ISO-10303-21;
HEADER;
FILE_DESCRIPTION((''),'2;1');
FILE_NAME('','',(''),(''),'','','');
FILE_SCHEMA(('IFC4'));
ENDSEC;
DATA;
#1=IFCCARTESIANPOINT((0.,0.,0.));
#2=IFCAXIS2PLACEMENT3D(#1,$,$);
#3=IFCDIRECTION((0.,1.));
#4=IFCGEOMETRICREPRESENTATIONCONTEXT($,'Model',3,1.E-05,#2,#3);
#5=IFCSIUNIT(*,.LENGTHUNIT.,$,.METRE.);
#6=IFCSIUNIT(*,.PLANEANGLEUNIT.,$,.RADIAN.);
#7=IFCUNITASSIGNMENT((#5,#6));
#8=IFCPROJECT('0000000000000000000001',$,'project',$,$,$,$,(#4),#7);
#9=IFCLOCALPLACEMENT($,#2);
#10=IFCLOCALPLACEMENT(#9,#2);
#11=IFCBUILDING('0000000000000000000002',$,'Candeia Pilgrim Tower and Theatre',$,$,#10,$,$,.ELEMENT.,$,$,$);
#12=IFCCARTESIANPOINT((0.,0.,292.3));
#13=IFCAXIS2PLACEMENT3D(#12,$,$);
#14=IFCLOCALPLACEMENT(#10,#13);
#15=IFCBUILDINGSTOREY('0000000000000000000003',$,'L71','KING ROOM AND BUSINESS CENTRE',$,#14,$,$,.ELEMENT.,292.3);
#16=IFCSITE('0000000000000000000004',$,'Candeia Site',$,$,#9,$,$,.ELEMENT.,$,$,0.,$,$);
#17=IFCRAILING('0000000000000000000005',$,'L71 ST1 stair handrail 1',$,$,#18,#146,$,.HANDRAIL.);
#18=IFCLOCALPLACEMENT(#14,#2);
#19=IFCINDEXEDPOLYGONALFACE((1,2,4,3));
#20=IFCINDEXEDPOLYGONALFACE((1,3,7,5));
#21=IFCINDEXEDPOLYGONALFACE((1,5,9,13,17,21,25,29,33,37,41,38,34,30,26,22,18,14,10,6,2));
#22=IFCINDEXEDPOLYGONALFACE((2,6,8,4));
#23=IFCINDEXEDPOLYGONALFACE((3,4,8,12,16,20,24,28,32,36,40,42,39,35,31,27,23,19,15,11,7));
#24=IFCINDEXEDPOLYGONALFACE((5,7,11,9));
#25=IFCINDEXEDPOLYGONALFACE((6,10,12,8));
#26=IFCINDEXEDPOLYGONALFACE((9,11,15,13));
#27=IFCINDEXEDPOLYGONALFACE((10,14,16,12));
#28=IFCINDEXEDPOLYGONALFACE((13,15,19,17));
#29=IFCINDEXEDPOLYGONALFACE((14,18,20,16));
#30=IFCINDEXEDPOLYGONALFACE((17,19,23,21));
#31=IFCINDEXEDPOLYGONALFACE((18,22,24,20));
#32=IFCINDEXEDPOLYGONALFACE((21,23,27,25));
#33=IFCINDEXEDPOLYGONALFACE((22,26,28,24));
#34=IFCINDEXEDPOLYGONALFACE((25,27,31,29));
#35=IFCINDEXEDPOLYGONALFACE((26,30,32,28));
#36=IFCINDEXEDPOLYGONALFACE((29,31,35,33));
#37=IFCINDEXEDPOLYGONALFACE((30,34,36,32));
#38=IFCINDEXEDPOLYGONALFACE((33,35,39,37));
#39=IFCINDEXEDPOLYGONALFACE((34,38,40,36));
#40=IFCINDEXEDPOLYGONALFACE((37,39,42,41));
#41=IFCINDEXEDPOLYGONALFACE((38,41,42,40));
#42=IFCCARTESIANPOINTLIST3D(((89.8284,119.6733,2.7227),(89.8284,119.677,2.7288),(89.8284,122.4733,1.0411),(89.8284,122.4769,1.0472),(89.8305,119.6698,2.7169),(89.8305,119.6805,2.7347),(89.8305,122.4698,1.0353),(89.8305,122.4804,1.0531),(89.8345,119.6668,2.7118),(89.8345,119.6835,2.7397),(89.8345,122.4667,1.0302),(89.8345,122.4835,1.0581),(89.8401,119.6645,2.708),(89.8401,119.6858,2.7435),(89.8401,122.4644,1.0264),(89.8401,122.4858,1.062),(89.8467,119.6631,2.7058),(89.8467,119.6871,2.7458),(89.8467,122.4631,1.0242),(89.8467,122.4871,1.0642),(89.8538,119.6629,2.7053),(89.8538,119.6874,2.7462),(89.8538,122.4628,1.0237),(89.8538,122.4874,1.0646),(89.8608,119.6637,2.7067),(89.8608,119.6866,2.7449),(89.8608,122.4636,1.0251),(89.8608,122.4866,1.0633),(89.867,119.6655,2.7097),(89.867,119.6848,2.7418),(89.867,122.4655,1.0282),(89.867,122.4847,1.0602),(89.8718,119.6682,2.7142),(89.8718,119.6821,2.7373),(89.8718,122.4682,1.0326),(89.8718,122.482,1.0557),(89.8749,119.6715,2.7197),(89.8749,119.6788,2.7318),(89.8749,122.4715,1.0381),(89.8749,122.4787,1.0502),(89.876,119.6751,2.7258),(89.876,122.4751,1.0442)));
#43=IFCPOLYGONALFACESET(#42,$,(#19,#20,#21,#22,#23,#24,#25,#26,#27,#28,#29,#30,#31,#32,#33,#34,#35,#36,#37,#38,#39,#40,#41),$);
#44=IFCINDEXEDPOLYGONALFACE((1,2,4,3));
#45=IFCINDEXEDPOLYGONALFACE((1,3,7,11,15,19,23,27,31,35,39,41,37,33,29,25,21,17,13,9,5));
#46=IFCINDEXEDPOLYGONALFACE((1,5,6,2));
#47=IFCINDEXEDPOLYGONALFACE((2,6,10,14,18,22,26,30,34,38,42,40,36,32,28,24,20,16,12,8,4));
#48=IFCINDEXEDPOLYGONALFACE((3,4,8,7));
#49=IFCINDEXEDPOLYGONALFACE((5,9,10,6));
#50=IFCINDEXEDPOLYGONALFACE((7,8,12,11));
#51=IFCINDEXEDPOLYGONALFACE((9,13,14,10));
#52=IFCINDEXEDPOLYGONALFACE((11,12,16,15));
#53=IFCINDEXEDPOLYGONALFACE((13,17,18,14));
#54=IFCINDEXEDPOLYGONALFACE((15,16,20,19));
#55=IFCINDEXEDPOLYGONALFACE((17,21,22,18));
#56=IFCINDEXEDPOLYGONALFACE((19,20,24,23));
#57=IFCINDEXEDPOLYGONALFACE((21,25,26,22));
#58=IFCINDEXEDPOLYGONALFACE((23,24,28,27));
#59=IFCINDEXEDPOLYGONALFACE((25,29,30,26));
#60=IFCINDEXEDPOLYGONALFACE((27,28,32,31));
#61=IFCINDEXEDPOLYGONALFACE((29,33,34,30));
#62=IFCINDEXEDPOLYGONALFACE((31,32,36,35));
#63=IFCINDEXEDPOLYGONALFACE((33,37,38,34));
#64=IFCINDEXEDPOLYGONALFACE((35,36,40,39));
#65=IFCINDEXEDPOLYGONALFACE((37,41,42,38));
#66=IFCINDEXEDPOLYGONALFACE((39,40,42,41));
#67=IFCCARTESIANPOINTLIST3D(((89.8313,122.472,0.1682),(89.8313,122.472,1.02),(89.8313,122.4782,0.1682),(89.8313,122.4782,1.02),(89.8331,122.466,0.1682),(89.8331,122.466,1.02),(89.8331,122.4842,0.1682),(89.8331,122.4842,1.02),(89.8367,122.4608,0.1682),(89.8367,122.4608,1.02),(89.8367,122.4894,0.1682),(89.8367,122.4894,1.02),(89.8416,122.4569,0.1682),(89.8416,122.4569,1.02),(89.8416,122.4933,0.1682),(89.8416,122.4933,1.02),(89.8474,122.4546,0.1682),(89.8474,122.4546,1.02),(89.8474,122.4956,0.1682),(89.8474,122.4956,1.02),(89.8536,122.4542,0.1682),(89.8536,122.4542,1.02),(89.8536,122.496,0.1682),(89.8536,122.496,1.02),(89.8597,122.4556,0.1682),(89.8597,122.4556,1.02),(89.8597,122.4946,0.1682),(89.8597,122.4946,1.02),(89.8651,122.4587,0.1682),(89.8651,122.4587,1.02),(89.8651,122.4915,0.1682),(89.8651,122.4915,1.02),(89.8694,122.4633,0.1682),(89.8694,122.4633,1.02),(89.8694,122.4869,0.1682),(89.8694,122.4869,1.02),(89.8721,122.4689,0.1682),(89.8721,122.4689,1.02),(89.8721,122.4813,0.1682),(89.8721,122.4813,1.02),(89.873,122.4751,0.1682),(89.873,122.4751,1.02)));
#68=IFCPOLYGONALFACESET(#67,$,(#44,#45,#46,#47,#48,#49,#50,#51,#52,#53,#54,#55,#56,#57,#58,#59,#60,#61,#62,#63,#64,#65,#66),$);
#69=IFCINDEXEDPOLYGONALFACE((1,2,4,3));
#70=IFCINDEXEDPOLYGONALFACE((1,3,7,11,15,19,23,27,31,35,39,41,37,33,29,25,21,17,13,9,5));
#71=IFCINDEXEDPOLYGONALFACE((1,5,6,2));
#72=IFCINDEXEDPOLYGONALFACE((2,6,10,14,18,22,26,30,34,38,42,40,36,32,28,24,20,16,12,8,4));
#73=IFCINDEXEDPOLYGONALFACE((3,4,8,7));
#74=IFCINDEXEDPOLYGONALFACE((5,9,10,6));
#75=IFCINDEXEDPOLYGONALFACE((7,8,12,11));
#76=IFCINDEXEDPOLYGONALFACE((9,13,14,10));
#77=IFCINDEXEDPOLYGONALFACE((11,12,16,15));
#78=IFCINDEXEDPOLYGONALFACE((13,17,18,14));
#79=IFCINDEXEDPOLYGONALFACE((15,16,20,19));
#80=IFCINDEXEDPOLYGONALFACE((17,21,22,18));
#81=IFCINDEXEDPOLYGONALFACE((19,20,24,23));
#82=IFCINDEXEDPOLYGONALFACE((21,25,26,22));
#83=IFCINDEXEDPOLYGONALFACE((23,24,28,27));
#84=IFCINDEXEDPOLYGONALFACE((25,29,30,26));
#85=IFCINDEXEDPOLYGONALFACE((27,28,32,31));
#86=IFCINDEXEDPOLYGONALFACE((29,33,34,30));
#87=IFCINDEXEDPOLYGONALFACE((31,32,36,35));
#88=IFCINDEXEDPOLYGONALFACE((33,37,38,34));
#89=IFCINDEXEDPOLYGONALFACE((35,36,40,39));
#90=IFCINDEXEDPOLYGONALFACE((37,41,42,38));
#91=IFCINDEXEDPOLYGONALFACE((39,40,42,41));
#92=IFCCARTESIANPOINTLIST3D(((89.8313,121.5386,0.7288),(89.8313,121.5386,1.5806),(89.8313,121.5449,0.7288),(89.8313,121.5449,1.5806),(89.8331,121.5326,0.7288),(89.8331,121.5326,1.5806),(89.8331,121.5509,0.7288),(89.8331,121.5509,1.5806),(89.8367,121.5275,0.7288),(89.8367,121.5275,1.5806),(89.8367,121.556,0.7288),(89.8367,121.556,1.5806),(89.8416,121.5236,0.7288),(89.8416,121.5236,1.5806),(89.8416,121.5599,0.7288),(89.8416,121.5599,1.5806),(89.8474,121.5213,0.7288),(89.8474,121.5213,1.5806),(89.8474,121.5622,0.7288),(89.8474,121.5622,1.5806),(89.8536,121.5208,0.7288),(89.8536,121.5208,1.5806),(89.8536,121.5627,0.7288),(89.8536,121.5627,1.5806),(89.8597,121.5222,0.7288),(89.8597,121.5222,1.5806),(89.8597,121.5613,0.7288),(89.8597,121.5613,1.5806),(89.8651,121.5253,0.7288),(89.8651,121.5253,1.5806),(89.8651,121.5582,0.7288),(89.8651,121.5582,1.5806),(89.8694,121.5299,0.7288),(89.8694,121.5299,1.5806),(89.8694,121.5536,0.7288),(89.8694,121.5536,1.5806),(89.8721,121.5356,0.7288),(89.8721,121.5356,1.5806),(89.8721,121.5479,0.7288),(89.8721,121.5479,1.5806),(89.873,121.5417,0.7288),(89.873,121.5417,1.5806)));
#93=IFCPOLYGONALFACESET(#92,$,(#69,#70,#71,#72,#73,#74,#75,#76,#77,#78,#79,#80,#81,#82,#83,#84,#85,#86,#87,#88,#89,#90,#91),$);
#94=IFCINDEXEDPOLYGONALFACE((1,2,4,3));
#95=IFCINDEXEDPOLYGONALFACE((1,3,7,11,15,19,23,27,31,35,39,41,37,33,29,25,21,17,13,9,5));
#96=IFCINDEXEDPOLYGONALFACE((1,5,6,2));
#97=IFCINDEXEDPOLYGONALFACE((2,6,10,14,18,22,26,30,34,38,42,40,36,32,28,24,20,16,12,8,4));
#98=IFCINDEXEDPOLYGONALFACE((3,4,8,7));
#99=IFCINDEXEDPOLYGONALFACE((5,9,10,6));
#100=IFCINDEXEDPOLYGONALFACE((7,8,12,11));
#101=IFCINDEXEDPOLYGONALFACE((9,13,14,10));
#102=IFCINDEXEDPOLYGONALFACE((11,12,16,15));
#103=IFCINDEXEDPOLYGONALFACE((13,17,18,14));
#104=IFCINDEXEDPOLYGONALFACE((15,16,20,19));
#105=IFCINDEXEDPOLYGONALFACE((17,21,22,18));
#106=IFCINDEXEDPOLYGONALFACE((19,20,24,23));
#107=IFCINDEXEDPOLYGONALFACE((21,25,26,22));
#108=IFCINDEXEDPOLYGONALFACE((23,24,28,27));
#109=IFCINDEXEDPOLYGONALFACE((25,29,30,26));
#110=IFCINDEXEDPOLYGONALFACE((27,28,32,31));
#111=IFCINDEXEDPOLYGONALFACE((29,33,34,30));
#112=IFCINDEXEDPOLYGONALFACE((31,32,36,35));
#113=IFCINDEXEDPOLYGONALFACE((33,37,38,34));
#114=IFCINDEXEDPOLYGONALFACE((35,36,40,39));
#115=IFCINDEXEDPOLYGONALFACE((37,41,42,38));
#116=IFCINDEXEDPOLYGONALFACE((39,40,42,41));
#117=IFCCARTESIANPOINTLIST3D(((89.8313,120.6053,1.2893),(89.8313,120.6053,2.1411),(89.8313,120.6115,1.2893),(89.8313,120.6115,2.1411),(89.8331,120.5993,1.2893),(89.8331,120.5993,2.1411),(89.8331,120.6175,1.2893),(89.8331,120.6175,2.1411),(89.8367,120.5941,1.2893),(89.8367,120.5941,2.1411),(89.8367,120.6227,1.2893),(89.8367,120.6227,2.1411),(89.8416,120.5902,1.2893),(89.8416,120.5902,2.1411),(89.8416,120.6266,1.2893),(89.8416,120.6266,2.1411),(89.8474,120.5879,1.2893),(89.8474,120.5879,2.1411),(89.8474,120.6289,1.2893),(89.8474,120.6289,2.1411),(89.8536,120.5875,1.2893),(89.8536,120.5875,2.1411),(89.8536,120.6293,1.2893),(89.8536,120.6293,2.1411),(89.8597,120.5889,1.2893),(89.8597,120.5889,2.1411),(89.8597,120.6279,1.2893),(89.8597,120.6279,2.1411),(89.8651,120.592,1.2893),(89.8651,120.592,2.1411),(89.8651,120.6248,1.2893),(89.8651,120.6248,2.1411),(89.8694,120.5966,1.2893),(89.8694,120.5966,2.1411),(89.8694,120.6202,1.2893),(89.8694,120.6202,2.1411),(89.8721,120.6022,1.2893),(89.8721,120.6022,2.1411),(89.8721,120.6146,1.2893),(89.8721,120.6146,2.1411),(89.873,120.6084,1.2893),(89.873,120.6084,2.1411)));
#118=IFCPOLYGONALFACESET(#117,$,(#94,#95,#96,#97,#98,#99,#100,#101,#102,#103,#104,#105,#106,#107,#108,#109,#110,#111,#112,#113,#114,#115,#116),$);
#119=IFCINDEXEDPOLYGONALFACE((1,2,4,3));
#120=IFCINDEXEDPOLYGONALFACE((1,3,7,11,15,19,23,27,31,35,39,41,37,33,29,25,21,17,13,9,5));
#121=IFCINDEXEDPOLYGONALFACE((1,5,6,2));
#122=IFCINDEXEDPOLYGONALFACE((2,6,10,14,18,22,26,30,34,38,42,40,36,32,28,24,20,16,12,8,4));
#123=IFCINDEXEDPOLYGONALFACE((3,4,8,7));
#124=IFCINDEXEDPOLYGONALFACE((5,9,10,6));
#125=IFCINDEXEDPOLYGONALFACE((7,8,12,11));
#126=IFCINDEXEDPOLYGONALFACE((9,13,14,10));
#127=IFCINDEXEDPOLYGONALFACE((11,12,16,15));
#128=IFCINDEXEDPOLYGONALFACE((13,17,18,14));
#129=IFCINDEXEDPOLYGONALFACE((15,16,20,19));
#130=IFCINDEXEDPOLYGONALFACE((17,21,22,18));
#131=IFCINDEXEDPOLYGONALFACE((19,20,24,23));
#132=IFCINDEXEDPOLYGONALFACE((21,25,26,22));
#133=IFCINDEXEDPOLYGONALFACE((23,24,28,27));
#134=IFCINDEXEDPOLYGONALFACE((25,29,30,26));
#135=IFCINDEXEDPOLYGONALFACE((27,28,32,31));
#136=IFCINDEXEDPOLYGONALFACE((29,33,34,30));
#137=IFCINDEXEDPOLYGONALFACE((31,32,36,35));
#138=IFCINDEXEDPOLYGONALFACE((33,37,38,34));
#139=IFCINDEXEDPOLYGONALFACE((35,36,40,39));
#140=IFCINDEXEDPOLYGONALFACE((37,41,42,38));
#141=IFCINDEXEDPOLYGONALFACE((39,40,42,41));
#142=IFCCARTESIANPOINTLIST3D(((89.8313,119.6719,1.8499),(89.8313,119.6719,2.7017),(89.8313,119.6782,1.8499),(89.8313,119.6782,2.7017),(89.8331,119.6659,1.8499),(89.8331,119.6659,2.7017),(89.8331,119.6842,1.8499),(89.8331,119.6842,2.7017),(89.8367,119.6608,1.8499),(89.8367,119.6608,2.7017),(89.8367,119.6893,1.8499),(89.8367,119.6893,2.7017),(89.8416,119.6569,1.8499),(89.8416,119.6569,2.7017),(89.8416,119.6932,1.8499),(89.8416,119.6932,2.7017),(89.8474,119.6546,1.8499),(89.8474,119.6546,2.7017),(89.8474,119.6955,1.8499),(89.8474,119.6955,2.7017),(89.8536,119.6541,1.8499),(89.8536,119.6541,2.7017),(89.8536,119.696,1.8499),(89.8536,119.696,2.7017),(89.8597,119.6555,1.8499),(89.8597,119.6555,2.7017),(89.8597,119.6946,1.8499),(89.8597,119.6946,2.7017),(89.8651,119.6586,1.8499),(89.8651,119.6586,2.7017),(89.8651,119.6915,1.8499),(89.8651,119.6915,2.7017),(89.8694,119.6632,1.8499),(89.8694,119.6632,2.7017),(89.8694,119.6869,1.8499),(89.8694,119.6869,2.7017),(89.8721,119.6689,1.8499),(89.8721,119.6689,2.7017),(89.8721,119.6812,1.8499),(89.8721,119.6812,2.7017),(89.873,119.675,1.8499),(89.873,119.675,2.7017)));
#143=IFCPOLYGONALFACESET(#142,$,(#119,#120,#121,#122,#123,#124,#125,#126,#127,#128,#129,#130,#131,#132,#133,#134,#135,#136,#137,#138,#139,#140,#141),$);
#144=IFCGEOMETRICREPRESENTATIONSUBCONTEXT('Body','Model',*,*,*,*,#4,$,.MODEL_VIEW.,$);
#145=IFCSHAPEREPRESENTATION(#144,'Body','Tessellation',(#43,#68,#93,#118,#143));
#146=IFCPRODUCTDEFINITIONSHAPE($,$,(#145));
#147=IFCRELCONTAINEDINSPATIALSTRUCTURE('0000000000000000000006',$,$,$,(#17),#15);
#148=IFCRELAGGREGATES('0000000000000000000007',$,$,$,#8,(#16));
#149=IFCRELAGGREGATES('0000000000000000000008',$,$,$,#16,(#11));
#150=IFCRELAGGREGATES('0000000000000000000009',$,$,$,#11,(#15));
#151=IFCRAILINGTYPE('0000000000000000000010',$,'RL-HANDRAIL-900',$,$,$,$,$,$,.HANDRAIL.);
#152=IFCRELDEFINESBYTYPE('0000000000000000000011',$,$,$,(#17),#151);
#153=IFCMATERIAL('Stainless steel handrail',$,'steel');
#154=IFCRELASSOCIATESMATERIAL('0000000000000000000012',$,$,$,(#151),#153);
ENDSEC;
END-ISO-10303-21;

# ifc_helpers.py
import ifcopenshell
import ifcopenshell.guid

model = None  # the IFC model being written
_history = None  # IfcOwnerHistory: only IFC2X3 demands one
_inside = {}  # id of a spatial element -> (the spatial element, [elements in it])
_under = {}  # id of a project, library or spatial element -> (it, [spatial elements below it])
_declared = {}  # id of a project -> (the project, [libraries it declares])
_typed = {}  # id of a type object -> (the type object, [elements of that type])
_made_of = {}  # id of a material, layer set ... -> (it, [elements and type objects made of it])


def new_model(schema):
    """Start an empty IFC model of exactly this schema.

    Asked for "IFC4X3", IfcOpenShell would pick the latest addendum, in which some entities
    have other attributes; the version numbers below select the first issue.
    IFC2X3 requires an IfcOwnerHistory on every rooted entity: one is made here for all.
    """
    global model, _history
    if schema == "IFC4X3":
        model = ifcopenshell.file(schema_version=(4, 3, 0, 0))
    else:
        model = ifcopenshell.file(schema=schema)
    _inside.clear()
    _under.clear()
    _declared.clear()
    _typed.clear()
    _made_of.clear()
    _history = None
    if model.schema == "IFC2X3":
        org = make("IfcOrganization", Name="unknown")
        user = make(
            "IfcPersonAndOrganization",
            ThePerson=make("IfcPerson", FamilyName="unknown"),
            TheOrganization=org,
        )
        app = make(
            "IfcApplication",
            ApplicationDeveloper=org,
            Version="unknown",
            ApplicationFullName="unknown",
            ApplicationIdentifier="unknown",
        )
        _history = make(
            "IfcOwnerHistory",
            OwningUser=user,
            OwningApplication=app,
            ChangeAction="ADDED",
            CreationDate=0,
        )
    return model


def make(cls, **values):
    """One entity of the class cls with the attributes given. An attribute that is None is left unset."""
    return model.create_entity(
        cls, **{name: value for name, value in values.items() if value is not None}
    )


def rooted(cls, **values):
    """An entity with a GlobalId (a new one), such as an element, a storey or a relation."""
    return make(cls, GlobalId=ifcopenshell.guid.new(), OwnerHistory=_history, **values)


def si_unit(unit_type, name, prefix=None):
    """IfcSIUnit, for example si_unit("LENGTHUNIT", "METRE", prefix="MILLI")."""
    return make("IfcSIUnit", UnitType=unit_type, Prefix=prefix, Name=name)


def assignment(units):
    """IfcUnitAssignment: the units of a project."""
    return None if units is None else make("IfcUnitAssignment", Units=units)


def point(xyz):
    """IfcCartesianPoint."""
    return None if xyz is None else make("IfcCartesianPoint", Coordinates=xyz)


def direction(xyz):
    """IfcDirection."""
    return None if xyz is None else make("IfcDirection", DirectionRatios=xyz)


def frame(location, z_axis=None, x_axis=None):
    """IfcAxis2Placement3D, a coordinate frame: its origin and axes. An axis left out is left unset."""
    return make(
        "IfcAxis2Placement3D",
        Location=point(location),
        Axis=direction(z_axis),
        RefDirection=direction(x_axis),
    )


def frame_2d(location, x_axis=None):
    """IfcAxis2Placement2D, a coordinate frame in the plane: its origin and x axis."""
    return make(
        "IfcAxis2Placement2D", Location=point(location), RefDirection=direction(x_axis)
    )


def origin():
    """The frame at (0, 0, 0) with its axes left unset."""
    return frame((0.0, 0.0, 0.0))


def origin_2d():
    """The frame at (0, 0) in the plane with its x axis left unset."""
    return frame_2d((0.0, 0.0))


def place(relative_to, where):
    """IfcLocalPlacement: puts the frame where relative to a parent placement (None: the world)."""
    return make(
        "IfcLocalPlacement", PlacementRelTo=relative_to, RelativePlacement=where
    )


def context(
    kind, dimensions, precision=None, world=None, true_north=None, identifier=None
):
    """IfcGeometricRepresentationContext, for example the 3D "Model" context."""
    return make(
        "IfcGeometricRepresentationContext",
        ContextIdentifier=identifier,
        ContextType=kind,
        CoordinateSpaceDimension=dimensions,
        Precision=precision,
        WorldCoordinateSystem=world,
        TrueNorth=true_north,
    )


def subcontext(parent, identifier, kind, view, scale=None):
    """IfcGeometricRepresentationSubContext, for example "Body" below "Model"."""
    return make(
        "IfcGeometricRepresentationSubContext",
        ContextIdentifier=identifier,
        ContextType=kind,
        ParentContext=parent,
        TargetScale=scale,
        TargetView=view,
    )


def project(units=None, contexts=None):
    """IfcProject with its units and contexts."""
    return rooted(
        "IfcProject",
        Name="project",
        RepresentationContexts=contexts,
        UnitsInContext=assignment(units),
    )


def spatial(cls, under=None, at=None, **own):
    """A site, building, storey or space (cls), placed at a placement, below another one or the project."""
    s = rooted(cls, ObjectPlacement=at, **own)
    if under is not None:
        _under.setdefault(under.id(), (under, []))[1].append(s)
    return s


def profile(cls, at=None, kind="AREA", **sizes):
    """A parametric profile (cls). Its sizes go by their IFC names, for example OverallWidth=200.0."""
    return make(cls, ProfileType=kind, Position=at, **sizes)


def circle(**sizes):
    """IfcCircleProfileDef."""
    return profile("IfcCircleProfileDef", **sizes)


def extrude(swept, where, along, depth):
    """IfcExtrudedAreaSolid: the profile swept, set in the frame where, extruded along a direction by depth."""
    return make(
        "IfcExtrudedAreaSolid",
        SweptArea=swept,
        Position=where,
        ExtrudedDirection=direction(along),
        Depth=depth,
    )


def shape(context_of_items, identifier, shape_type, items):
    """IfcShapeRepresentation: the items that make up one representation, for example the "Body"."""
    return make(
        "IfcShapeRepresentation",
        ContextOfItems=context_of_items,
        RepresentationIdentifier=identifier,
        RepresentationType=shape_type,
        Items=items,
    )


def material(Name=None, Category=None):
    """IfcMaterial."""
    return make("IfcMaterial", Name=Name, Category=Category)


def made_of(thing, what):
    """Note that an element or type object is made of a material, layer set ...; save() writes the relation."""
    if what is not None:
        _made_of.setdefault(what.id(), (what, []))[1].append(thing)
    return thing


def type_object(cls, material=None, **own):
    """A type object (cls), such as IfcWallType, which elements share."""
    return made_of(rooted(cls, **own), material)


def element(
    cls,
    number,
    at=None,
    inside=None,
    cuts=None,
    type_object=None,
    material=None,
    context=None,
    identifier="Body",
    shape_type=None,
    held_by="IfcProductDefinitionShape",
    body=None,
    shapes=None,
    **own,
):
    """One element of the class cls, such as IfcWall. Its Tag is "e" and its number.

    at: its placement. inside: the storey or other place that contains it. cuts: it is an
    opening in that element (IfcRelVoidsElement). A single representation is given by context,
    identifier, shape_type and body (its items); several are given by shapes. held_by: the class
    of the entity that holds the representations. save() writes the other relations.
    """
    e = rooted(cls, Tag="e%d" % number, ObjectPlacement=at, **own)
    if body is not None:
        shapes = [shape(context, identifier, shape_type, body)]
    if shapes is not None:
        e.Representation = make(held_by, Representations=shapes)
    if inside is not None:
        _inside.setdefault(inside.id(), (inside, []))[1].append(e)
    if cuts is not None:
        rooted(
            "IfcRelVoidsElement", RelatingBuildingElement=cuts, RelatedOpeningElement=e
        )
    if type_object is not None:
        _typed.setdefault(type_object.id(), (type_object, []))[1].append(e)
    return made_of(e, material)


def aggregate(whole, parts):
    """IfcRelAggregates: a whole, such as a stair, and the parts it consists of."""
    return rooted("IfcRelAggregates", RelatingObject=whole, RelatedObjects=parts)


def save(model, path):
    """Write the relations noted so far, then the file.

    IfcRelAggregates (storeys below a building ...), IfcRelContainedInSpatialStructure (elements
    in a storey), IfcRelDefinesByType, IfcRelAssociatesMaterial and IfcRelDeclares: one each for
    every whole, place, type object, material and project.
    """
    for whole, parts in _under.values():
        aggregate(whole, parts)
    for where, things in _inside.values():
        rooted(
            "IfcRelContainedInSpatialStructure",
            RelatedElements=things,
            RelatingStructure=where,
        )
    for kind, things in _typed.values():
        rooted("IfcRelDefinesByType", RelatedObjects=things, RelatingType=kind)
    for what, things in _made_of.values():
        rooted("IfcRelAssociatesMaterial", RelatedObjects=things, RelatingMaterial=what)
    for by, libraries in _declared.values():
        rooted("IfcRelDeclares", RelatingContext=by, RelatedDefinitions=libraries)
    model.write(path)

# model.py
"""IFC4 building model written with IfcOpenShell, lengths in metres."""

from ifc_helpers import new_model, si_unit, direction, frame, origin, origin_2d, place, context, subcontext, project, spatial, circle, extrude, material, type_object, element, save


model = new_model("IFC4")

# Units and contexts
model_context = context("Model", 3, precision=1e-05, world=origin(), true_north=direction((0.0, 1.0)))
body_context = subcontext(model_context, "Body", "Model", "MODEL_VIEW")
ifc_project = project(units=[si_unit("LENGTHUNIT", "METRE"), si_unit("PLANEANGLEUNIT", "RADIAN")], contexts=[model_context])

# Site, building, storey
site_placement = place(None, origin())
site = spatial("IfcSite", under=ifc_project, at=site_placement, Name="Candeia Site", CompositionType="ELEMENT", RefElevation=0.0)
building_placement = place(site_placement, origin())
building = spatial("IfcBuilding", under=site, at=building_placement, Name="Candeia Pilgrim Tower and Theatre", CompositionType="ELEMENT")
storey_placement = place(building_placement, frame((0.0, 0.0, 292.3)))
storey = spatial("IfcBuildingStorey", under=building, at=storey_placement, Name="L71", Description="KING ROOM AND BUSINESS CENTRE", CompositionType="ELEMENT", Elevation=292.3)

# Railing
ifc_material_1 = material(Name="Stainless steel handrail", Category="steel")
railing_type_1 = type_object("IfcRailingType", Name="RL-HANDRAIL-900", PredefinedType="HANDRAIL", material=ifc_material_1)
railing_1_placement = place(storey_placement, frame((89.8521, 122.4751, 0.1682)))
element("IfcRailing", 1, at=railing_1_placement, inside=storey, type_object=railing_type_1, Name="L71 ST1 stair handrail 1", PredefinedType="HANDRAIL", context=body_context, shape_type="SweptSolid", body=[
    extrude(circle(Radius=0.0239, at=origin_2d()), frame((0.0, 0.0, 0.876), z_axis=(0.0, -0.857275, 0.514858), x_axis=(1.0, 0.0, 0.0)), (0.0, 0.0, 1.0), 3.2661),
    extrude(circle(Radius=0.021, at=origin_2d()), origin(), (0.0, 0.0, 1.0), 0.8518),
    extrude(circle(Radius=0.021, at=origin_2d()), frame((0.0, -0.9333, 0.5605)), (0.0, 0.0, 1.0), 0.8518),
    extrude(circle(Radius=0.021, at=origin_2d()), frame((0.0, -1.8667, 1.1211)), (0.0, 0.0, 1.0), 0.8518),
    extrude(circle(Radius=0.021, at=origin_2d()), frame((0.0, -2.8, 1.6816)), (0.0, 0.0, 1.0), 0.8518),
])

save(model, "model.ifc")
